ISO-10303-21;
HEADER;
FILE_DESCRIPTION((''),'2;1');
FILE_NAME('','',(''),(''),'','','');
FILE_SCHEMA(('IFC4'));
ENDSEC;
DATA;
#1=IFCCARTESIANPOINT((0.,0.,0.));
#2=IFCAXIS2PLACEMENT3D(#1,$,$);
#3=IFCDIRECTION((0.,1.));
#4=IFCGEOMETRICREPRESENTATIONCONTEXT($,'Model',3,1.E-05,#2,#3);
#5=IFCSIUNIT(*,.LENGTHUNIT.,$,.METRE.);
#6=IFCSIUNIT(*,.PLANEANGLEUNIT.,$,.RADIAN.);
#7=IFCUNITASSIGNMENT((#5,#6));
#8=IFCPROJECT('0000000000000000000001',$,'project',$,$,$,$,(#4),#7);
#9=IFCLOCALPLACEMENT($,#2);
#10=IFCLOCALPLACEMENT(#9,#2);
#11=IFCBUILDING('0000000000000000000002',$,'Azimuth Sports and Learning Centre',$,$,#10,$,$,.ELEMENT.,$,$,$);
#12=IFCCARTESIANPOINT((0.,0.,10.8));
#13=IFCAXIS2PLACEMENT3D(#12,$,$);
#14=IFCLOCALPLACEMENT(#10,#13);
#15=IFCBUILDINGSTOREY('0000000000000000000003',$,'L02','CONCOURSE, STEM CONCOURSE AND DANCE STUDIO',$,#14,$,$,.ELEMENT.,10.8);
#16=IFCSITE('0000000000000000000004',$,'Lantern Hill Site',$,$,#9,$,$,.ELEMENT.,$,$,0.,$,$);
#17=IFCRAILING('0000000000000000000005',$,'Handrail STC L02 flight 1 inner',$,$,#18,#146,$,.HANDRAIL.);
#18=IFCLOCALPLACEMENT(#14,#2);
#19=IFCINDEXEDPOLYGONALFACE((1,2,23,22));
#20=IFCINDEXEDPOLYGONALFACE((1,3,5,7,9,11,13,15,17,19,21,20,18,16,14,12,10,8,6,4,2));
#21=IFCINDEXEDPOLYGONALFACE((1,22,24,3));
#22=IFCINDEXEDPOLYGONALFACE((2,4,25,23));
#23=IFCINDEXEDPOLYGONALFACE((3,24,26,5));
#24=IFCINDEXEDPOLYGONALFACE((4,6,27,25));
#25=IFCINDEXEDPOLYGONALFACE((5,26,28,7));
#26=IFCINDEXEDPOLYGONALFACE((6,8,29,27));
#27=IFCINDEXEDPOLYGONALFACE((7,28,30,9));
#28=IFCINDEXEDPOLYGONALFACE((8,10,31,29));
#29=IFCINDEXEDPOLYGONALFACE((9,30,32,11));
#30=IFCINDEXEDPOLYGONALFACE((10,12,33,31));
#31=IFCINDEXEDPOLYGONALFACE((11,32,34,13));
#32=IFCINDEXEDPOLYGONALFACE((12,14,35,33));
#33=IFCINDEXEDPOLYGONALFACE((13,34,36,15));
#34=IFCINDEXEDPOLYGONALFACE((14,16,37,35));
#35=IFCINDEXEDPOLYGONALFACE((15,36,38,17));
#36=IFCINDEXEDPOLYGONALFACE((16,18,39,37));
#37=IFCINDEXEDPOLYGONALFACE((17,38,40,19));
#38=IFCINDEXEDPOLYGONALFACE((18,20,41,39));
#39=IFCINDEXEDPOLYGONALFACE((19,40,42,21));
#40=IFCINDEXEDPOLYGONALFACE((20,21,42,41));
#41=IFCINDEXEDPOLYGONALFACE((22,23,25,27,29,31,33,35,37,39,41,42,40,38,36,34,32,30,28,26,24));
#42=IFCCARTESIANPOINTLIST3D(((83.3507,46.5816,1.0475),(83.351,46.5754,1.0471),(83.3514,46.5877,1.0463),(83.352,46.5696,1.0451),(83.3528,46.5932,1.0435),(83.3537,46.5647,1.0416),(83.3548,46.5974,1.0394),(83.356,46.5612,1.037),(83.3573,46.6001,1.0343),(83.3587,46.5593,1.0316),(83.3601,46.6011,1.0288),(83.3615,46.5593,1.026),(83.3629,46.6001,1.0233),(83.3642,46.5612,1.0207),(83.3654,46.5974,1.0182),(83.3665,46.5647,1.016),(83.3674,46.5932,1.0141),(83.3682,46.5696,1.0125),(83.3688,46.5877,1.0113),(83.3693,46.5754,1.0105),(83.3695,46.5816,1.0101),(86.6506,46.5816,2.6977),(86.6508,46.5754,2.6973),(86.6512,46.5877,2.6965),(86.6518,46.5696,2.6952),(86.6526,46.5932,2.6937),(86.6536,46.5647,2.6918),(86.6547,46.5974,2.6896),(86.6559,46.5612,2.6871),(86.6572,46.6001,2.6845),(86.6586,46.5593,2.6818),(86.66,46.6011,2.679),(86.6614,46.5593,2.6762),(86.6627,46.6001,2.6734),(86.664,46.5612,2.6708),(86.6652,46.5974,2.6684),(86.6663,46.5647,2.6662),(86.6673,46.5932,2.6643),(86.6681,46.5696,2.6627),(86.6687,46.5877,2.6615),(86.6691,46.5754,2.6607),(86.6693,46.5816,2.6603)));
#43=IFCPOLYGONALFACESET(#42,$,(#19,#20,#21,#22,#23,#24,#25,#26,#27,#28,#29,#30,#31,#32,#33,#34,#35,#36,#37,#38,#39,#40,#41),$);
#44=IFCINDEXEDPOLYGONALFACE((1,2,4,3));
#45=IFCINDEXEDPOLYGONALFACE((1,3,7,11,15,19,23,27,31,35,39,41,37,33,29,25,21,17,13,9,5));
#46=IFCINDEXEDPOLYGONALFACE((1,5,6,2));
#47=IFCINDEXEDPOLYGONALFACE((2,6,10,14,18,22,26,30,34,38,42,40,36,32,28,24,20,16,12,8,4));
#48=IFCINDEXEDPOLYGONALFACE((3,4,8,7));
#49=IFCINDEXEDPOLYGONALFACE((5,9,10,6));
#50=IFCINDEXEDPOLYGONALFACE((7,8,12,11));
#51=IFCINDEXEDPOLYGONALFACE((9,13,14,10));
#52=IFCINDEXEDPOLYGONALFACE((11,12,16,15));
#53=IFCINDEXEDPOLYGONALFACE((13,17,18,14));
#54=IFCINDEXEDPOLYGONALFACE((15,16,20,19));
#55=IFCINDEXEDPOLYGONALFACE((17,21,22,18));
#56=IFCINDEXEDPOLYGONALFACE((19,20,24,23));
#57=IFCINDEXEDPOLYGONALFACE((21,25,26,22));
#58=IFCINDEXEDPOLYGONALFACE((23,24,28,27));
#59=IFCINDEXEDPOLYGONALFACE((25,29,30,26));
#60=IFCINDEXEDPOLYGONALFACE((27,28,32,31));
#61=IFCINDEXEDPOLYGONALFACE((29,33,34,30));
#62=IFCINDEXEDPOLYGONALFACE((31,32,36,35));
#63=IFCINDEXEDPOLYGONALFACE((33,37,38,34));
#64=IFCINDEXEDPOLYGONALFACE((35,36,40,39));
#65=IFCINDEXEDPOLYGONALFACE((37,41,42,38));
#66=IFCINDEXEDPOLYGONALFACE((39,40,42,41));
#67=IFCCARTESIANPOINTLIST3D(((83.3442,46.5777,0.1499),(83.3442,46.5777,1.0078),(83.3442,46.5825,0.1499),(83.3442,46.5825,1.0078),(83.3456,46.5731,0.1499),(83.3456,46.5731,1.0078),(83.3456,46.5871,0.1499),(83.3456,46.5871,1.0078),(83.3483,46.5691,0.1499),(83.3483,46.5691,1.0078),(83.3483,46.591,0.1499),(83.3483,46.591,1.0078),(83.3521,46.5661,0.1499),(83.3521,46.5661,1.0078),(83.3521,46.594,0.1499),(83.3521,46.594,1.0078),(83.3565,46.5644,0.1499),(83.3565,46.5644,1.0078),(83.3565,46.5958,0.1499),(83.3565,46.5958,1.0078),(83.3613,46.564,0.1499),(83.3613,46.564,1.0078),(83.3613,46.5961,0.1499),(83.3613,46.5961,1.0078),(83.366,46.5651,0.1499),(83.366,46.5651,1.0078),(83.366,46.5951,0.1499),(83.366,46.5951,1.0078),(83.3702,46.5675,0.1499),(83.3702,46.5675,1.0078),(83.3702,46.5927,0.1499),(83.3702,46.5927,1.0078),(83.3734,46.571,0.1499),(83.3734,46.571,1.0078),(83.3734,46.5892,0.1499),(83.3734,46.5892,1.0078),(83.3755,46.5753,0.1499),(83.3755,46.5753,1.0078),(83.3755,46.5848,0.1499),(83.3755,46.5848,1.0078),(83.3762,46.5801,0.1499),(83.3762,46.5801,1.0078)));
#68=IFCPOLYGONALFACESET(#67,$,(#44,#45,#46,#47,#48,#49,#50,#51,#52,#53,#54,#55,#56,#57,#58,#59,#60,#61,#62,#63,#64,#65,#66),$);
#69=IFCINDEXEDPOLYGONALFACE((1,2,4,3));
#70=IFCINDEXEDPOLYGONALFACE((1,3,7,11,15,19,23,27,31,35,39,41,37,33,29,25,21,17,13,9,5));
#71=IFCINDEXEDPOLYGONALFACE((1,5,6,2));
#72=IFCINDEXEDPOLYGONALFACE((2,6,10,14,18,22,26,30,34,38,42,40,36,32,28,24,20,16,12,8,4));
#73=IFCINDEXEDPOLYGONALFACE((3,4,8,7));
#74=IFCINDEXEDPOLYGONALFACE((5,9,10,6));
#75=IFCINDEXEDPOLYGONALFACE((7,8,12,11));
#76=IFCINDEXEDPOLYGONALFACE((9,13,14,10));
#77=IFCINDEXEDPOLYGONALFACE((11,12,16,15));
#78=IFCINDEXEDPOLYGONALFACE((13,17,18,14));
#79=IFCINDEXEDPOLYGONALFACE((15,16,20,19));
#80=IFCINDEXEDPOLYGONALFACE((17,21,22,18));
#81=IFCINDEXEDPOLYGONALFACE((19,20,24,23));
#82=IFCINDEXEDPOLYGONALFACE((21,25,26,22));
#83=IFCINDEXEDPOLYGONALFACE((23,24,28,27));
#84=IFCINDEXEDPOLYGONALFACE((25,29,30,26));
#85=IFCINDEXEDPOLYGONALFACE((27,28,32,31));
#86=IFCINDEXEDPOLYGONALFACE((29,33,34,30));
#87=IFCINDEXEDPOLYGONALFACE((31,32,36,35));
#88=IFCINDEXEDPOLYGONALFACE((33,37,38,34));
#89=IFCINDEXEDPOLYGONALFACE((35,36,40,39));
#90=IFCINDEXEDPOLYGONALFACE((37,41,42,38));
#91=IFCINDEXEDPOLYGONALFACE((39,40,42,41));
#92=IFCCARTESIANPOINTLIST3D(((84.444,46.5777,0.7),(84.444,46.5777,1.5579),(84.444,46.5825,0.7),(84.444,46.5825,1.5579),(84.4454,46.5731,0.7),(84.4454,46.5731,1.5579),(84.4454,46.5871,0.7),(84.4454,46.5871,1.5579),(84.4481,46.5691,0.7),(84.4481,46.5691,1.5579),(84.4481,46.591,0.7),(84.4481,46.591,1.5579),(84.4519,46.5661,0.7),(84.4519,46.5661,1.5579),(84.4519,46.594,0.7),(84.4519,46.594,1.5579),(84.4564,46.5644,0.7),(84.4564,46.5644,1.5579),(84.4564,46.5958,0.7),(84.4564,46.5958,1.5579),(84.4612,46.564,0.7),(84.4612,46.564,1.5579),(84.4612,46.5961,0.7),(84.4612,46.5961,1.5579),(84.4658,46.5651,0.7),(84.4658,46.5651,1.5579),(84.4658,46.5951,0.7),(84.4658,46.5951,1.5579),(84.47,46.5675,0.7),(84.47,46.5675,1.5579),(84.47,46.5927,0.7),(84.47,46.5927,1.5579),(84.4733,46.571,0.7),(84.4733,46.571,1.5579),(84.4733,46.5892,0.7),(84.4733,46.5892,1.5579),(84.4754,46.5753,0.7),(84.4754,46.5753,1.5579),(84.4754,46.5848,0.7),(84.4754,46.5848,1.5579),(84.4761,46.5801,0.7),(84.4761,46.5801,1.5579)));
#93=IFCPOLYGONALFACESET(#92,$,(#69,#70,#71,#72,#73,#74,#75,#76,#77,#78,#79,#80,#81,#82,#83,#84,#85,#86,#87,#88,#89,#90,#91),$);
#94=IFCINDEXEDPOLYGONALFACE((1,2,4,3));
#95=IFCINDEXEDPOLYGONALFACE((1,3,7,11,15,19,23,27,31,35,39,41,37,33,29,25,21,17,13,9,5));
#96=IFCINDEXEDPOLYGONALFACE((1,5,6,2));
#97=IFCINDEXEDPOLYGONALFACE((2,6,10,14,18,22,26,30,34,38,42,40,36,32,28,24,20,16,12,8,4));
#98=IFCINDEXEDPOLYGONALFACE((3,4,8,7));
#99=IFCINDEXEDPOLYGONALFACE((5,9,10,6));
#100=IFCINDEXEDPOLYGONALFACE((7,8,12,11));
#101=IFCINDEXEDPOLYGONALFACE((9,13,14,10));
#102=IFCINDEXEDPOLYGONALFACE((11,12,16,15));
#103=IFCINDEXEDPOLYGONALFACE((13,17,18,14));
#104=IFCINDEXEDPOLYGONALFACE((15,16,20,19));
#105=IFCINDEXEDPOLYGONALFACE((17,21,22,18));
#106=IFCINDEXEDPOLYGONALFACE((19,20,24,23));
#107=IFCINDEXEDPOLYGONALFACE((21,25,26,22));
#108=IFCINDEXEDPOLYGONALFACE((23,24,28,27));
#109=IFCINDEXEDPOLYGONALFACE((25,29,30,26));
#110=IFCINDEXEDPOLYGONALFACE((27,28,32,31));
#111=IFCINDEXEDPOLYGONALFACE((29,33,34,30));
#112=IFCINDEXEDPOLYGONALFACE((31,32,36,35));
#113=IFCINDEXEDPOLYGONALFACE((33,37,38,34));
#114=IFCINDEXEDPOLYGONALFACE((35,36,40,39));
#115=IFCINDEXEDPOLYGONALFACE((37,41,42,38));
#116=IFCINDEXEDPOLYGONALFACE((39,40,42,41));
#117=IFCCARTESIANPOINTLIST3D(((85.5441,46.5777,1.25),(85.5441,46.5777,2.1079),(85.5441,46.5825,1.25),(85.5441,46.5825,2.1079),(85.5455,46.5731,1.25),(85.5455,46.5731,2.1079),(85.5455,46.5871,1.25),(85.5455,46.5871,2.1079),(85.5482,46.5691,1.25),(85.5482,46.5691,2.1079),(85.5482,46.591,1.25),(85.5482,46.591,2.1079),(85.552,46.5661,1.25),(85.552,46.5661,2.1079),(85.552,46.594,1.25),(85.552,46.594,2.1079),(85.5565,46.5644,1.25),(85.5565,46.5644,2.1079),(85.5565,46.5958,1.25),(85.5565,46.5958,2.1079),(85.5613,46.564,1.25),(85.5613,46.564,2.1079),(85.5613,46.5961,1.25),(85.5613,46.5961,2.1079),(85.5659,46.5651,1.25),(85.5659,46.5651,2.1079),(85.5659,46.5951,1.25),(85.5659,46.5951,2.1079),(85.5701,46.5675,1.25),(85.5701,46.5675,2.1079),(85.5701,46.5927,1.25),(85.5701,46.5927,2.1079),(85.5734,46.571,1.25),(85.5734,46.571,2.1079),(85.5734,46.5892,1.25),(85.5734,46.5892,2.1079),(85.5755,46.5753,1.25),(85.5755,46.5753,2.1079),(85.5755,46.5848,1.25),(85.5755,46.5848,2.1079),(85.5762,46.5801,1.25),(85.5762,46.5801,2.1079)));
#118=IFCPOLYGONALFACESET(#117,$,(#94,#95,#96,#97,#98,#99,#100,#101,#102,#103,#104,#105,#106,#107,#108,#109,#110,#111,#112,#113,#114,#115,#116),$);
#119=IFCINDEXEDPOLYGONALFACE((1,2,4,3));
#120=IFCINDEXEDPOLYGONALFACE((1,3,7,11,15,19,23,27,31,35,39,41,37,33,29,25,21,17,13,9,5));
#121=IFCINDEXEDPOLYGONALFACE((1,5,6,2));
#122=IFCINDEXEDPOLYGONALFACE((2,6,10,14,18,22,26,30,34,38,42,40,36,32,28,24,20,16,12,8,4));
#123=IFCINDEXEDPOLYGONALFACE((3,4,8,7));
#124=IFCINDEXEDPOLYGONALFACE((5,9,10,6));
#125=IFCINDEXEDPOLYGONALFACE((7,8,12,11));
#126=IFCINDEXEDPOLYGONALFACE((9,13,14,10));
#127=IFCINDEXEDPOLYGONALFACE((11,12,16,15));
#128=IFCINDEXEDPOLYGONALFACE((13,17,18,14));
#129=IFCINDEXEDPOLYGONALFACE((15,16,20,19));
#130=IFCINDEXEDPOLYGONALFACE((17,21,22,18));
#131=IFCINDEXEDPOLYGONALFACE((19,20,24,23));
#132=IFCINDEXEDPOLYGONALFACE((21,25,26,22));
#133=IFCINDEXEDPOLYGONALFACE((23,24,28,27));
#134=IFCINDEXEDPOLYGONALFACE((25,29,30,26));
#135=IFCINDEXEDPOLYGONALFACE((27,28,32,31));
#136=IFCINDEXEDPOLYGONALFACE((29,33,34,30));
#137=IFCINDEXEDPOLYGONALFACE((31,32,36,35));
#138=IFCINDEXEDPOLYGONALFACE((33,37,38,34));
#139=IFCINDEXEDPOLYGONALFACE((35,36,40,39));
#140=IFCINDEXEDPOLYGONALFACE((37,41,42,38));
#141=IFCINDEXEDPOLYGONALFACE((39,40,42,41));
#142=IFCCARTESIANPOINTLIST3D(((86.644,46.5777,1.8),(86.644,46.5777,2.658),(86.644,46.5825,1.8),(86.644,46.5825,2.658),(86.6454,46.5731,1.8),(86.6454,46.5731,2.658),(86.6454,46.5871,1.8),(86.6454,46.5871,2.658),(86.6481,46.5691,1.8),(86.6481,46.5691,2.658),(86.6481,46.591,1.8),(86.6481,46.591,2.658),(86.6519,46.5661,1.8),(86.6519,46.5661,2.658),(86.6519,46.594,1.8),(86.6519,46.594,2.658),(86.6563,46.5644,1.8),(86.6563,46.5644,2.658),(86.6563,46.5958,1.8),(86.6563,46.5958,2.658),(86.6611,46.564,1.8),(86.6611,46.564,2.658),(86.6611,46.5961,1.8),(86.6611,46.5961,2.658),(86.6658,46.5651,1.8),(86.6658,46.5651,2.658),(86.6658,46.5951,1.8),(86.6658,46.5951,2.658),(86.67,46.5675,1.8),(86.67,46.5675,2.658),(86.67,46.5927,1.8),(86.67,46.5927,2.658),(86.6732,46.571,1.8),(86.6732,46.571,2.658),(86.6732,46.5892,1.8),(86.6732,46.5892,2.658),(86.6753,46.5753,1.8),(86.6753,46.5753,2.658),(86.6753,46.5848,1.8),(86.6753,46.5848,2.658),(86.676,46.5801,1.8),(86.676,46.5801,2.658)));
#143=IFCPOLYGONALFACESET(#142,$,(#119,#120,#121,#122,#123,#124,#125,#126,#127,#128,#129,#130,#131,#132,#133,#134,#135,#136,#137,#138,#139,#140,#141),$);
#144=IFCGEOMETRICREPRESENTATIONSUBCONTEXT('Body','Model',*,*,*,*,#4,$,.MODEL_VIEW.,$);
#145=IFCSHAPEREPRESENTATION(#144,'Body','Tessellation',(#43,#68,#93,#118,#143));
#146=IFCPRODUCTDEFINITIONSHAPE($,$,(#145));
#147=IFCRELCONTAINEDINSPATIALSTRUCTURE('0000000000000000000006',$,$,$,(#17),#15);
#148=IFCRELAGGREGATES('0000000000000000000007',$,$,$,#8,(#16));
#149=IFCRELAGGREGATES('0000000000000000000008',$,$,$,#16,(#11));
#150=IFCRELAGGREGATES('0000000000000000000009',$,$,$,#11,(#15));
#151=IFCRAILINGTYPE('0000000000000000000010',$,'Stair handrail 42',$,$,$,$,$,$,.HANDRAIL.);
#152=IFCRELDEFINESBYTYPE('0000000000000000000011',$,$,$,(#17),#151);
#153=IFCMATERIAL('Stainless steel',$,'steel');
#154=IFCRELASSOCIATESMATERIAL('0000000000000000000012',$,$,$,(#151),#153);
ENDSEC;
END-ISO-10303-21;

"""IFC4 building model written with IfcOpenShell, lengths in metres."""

from ifc_helpers import new_model, si_unit, direction, frame, origin, origin_2d, place, context, subcontext, project, spatial, circle, extrude, material, type_object, element, save


model = new_model("IFC4")

# Units and contexts
model_context = context("Model", 3, precision=1e-05, world=origin(), true_north=direction((0.0, 1.0)))
body_context = subcontext(model_context, "Body", "Model", "MODEL_VIEW")
ifc_project = project(units=[si_unit("LENGTHUNIT", "METRE"), si_unit("PLANEANGLEUNIT", "RADIAN")], contexts=[model_context])

# Site, building, storey
site_placement = place(None, origin())
site = spatial("IfcSite", under=ifc_project, at=site_placement, Name="Lantern Hill Site", CompositionType="ELEMENT", RefElevation=0.0)
building_placement = place(site_placement, origin())
building = spatial("IfcBuilding", under=site, at=building_placement, Name="Azimuth Sports and Learning Centre", CompositionType="ELEMENT")
storey_placement = place(building_placement, frame((0.0, 0.0, 10.8)))
storey = spatial("IfcBuildingStorey", under=building, at=storey_placement, Name="L02", Description="CONCOURSE, STEM CONCOURSE AND DANCE STUDIO", CompositionType="ELEMENT", Elevation=10.8)

# Railing
ifc_material_1 = material(Name="Stainless steel", Category="steel")
railing_type = type_object("IfcRailingType", Name="Stair handrail 42", PredefinedType="HANDRAIL", material=ifc_material_1)
for number, where, name in (
    (1, (83.3601, 46.5801, 0.1499), "Handrail STC L02 flight 1 inner"),
):
    element("IfcRailing", number, at=place(storey_placement, frame(where)), inside=storey, type_object=railing_type, Name=name, PredefinedType="HANDRAIL", context=body_context, shape_type="SweptSolid", body=[
        extrude(circle(Radius=0.021, at=origin_2d()), frame((0.0, 0.0, 0.8789), z_axis=(0.894401, 0.0, 0.447267), x_axis=(0.0, 1.0, 0.0)), (0.0, 0.0, 1.0), 3.6895),
        extrude(circle(Radius=0.0161, at=origin_2d()), origin(), (0.0, 0.0, 1.0), 0.8579),
        extrude(circle(Radius=0.0161, at=origin_2d()), frame((1.0999, 0.0, 0.55)), (0.0, 0.0, 1.0), 0.8579),
        extrude(circle(Radius=0.0161, at=origin_2d()), frame((2.2, 0.0, 1.1001)), (0.0, 0.0, 1.0), 0.8579),
        extrude(circle(Radius=0.0161, at=origin_2d()), frame((3.2998, 0.0, 1.6501)), (0.0, 0.0, 1.0), 0.8579),
    ])

save(model, "model.ifc")
